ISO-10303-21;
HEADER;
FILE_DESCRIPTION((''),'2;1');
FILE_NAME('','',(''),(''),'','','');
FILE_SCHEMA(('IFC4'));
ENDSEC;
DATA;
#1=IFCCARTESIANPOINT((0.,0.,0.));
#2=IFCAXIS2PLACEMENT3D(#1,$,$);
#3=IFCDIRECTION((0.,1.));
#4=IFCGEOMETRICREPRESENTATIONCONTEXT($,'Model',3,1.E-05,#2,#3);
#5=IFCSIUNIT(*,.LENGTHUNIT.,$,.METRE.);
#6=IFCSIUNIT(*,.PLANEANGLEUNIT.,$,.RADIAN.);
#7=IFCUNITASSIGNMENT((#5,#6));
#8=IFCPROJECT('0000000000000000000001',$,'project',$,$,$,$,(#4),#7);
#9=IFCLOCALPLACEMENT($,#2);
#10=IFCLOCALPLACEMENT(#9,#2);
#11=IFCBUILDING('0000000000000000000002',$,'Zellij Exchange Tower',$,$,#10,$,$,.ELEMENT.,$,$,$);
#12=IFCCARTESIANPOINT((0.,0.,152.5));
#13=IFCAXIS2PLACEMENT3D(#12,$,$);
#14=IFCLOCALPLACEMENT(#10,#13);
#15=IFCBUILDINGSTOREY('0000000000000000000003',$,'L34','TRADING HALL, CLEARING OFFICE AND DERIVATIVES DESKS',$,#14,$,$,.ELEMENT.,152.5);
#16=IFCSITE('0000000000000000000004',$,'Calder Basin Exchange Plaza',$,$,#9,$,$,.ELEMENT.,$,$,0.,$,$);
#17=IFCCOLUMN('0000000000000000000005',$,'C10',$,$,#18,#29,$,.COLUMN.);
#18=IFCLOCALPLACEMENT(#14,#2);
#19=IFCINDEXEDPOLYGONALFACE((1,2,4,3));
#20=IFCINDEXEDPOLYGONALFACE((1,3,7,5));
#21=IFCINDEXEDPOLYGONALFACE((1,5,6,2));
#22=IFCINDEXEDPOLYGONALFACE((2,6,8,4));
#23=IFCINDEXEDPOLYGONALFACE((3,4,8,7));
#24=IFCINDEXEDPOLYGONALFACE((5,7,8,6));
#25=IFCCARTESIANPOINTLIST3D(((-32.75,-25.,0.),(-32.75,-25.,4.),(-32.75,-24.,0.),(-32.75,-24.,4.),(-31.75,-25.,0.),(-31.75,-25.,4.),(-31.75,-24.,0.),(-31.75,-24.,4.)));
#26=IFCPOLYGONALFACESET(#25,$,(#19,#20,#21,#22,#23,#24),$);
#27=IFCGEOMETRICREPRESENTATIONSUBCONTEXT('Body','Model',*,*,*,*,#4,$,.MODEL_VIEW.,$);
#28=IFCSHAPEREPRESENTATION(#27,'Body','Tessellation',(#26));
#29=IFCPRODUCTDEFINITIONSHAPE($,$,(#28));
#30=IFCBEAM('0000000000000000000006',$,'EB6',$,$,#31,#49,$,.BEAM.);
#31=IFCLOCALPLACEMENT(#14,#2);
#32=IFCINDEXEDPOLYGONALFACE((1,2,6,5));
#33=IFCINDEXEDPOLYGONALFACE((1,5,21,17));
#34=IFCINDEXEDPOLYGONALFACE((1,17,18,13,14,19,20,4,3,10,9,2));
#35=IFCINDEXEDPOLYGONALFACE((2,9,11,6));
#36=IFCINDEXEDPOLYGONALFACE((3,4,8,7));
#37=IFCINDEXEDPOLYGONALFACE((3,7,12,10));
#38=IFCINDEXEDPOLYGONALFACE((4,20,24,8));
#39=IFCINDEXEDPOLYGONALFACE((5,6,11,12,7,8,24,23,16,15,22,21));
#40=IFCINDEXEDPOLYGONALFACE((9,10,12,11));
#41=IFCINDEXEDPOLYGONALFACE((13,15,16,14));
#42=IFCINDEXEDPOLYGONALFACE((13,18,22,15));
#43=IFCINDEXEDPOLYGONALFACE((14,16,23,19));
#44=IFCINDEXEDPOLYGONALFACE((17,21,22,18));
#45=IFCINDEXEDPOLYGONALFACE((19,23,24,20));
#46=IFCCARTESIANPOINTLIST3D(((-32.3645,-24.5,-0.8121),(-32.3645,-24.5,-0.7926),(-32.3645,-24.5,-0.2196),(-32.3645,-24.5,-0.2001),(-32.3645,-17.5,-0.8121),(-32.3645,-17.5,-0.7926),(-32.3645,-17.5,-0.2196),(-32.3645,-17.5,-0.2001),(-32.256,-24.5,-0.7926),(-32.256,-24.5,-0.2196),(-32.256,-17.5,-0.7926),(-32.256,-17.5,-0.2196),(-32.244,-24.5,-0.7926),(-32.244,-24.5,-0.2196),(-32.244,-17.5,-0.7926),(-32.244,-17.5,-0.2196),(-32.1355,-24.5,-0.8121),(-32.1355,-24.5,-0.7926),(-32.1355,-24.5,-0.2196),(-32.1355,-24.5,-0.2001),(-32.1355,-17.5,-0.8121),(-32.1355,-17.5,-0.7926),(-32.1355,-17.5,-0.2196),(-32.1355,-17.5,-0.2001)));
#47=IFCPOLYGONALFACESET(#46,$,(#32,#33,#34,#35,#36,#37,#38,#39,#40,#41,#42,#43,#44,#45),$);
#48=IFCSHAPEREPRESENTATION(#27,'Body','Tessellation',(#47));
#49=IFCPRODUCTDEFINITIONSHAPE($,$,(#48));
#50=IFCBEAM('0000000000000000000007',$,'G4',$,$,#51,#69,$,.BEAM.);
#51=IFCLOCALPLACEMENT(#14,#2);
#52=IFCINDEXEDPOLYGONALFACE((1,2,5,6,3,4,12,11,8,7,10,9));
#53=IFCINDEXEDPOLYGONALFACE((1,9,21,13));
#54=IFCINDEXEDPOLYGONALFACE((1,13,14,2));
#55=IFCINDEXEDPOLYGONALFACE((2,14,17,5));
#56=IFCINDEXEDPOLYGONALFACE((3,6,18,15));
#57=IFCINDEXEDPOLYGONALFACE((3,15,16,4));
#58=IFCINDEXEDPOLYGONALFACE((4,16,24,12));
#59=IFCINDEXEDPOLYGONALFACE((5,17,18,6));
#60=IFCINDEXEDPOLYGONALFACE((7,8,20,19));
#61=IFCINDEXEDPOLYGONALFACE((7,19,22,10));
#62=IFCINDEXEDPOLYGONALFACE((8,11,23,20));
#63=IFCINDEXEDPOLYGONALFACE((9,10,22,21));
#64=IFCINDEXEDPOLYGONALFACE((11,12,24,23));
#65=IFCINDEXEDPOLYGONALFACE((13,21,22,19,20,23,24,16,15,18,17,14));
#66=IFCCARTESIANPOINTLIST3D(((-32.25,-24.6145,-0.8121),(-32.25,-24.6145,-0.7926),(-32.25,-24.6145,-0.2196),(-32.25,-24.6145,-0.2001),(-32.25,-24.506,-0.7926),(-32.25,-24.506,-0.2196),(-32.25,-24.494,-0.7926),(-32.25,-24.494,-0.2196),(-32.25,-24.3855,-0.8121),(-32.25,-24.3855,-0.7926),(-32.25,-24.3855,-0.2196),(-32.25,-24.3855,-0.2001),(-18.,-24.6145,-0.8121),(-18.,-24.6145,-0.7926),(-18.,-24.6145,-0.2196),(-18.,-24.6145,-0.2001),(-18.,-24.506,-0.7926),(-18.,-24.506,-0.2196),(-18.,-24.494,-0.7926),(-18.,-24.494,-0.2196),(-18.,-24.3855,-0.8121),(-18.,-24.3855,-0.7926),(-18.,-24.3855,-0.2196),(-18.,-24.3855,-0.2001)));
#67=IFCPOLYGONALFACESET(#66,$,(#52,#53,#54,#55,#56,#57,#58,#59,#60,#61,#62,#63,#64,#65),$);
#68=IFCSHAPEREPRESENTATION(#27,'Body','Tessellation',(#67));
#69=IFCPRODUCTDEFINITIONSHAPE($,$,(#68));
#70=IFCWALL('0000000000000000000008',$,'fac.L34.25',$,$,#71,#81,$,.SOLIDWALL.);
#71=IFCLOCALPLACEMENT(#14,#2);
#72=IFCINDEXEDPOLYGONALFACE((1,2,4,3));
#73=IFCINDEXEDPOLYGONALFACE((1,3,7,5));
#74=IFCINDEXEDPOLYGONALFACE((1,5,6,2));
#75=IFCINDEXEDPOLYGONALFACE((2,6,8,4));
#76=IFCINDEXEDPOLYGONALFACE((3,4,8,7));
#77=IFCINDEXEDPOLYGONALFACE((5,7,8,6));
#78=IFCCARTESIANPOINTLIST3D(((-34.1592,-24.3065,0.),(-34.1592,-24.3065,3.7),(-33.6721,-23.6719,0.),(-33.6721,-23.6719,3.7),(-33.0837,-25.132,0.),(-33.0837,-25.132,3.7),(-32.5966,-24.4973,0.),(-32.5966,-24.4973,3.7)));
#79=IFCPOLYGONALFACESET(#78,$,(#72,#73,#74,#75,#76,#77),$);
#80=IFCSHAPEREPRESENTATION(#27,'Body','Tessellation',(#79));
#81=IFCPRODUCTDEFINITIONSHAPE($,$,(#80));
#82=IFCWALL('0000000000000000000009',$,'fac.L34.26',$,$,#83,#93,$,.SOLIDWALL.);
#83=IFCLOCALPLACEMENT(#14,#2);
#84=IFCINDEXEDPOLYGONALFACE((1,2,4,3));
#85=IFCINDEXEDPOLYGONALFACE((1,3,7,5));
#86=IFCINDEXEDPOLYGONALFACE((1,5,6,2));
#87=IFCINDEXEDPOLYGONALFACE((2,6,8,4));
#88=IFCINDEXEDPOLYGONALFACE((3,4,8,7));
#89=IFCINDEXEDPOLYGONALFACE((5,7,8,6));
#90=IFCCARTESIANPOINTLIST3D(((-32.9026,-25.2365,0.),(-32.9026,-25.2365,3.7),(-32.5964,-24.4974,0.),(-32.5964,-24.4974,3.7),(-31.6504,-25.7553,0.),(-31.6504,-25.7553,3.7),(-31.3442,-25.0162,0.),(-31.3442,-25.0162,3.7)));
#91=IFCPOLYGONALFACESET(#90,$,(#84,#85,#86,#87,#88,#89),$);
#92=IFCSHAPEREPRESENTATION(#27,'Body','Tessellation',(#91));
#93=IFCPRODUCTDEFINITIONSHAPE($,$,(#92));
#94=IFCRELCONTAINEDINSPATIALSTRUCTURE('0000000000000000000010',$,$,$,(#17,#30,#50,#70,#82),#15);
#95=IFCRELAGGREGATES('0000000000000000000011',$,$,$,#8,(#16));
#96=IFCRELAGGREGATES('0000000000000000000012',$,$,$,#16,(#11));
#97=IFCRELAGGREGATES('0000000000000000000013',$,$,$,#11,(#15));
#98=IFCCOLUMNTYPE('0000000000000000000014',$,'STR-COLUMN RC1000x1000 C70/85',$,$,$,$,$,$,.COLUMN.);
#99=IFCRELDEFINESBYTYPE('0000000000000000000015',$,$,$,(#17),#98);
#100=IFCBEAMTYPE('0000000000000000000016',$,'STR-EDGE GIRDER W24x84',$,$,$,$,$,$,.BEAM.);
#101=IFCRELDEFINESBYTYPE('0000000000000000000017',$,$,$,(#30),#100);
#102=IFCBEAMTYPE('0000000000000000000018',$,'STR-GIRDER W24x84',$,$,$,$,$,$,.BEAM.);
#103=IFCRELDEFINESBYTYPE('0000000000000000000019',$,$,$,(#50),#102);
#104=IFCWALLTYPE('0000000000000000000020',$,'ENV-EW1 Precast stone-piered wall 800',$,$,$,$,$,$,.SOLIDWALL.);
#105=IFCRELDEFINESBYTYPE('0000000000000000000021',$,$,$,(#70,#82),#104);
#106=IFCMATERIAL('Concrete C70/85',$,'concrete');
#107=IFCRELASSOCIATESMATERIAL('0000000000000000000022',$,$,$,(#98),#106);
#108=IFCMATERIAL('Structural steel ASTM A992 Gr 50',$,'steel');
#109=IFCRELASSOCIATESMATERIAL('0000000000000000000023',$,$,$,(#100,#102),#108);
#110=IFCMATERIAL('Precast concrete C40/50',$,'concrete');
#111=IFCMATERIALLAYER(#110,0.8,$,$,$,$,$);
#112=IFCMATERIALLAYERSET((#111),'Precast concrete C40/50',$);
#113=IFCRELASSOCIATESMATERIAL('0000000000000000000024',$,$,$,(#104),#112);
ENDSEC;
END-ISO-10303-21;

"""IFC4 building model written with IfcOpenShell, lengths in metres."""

from ifc_helpers import new_model, si_unit, direction, frame, frame_2d, origin, origin_2d, place, context, subcontext, project, spatial, rectangle, i_section, extrude, material, layer, layer_set, material_profile, profile_set, type_object, element, save


model = new_model("IFC4")

# Units and contexts
model_context = context("Model", 3, precision=1e-05, world=origin(), true_north=direction((0.0, 1.0)))
body_context = subcontext(model_context, "Body", "Model", "MODEL_VIEW")
ifc_project = project(units=[si_unit("LENGTHUNIT", "METRE"), si_unit("PLANEANGLEUNIT", "RADIAN")], contexts=[model_context])

# Site, building, storey
site_placement = place(None, origin())
site = spatial("IfcSite", under=ifc_project, at=site_placement, Name="Calder Basin Exchange Plaza", CompositionType="ELEMENT", RefElevation=0.0)
building_placement = place(site_placement, origin())
building = spatial("IfcBuilding", under=site, at=building_placement, Name="Zellij Exchange Tower", CompositionType="ELEMENT")
storey_placement = place(building_placement, frame((0.0, 0.0, 152.5)))
storey = spatial("IfcBuildingStorey", under=building, at=storey_placement, Name="L34", Description="TRADING HALL, CLEARING OFFICE AND DERIVATIVES DESKS", CompositionType="ELEMENT", Elevation=152.5)

# Column
ifc_material_1 = material(Name="Concrete C70/85", Category="concrete")
ifc_material_profile_1 = material_profile(ifc_material_1, rectangle(XDim=1.0, YDim=1.0, at=origin_2d()), Name="STR-COLUMN RC1000x1000 C70/85")
ifc_profile_set_1 = profile_set([ifc_material_profile_1], Name="Concrete C70/85")
column_type = type_object("IfcColumnType", Name="STR-COLUMN RC1000x1000 C70/85", PredefinedType="COLUMN", material=ifc_profile_set_1)
column_placement = place(storey_placement, frame((-32.25, -24.5, 0.0), z_axis=(0.0, 0.0, 1.0), x_axis=(1.0, 0.0, 0.0)))
element("IfcColumn", 1, at=column_placement, inside=storey, type_object=column_type, Name="C10", PredefinedType="COLUMN", context=body_context, shape_type="SweptSolid", body=[
    extrude(rectangle(XDim=1.0, YDim=1.0, at=origin_2d()), origin(), (0.0, 0.0, 1.0), 4.0),
])

# Beams
ifc_material_2 = material(Name="Structural steel ASTM A992 Gr 50", Category="steel")
ifc_material_profile_2 = material_profile(ifc_material_2, i_section(OverallWidth=0.229, OverallDepth=0.6121, WebThickness=0.012, FlangeThickness=0.0195, at=origin_2d()), Name="W24x84")
ifc_profile_set_2 = profile_set([ifc_material_profile_2], Name="Structural steel ASTM A992 Gr 50")
beam_type_1 = type_object("IfcBeamType", Name="STR-EDGE GIRDER W24x84", PredefinedType="BEAM", material=ifc_profile_set_2)
beam_1_placement = place(storey_placement, frame((-32.25, -24.5, -0.5061), z_axis=(0.0, 1.0, 0.0), x_axis=(-1.0, 0.0, 0.0)))
element("IfcBeam", 2, at=beam_1_placement, inside=storey, type_object=beam_type_1, Name="EB6", PredefinedType="BEAM", context=body_context, shape_type="SweptSolid", body=[
    extrude(i_section(OverallWidth=0.229, OverallDepth=0.6121, WebThickness=0.012, FlangeThickness=0.0195, at=origin_2d()), origin(), (0.0, 0.0, 1.0), 7.0),
])
ifc_material_profile_3 = material_profile(ifc_material_2, i_section(OverallWidth=0.229, OverallDepth=0.6121, WebThickness=0.012, FlangeThickness=0.0195, at=origin_2d()), Name="W24x84")
ifc_profile_set_3 = profile_set([ifc_material_profile_3], Name="Structural steel ASTM A992 Gr 50")
beam_type_2 = type_object("IfcBeamType", Name="STR-GIRDER W24x84", PredefinedType="BEAM", material=ifc_profile_set_3)
beam_2_placement = place(storey_placement, frame((-32.25, -24.5, -0.5061), z_axis=(1.0, 0.0, 0.0), x_axis=(0.0, 1.0, 0.0)))
element("IfcBeam", 3, at=beam_2_placement, inside=storey, type_object=beam_type_2, Name="G4", PredefinedType="BEAM", context=body_context, shape_type="SweptSolid", body=[
    extrude(i_section(OverallWidth=0.229, OverallDepth=0.6121, WebThickness=0.012, FlangeThickness=0.0195, at=origin_2d()), origin(), (0.0, 0.0, 1.0), 14.25),
])

# Walls
ifc_material_3 = material(Name="Precast concrete C40/50", Category="concrete")
ifc_layer = layer(ifc_material_3, 0.8)
ifc_layer_set = layer_set([ifc_layer], Name="Precast concrete C40/50")
wall_type = type_object("IfcWallType", Name="ENV-EW1 Precast stone-piered wall 800", PredefinedType="SOLIDWALL", material=ifc_layer_set)
wall_1_placement = place(storey_placement, frame((-33.9155, -23.9893, 0.0), z_axis=(0.0, 0.0, 1.0), x_axis=(0.793273, -0.608866, 0.0)))
element("IfcWall", 4, at=wall_1_placement, inside=storey, type_object=wall_type, Name="fac.L34.25", PredefinedType="SOLIDWALL", context=body_context, shape_type="SweptSolid", body=[
    extrude(rectangle(XDim=1.3557, YDim=0.8, at=frame_2d((0.6777, 0.0))), origin(), (0.0, 0.0, 1.0), 3.7),
])
wall_2_placement = place(storey_placement, frame((-32.7495, -24.8669, 0.0), z_axis=(0.0, 0.0, 1.0), x_axis=(0.923848, -0.38276, 0.0)))
element("IfcWall", 5, at=wall_2_placement, inside=storey, type_object=wall_type, Name="fac.L34.26", PredefinedType="SOLIDWALL", context=body_context, shape_type="SweptSolid", body=[
    extrude(rectangle(XDim=1.3555, YDim=0.8, at=frame_2d((0.6777, 0.0))), origin(), (0.0, 0.0, 1.0), 3.7),
])

save(model, "model.ifc")
